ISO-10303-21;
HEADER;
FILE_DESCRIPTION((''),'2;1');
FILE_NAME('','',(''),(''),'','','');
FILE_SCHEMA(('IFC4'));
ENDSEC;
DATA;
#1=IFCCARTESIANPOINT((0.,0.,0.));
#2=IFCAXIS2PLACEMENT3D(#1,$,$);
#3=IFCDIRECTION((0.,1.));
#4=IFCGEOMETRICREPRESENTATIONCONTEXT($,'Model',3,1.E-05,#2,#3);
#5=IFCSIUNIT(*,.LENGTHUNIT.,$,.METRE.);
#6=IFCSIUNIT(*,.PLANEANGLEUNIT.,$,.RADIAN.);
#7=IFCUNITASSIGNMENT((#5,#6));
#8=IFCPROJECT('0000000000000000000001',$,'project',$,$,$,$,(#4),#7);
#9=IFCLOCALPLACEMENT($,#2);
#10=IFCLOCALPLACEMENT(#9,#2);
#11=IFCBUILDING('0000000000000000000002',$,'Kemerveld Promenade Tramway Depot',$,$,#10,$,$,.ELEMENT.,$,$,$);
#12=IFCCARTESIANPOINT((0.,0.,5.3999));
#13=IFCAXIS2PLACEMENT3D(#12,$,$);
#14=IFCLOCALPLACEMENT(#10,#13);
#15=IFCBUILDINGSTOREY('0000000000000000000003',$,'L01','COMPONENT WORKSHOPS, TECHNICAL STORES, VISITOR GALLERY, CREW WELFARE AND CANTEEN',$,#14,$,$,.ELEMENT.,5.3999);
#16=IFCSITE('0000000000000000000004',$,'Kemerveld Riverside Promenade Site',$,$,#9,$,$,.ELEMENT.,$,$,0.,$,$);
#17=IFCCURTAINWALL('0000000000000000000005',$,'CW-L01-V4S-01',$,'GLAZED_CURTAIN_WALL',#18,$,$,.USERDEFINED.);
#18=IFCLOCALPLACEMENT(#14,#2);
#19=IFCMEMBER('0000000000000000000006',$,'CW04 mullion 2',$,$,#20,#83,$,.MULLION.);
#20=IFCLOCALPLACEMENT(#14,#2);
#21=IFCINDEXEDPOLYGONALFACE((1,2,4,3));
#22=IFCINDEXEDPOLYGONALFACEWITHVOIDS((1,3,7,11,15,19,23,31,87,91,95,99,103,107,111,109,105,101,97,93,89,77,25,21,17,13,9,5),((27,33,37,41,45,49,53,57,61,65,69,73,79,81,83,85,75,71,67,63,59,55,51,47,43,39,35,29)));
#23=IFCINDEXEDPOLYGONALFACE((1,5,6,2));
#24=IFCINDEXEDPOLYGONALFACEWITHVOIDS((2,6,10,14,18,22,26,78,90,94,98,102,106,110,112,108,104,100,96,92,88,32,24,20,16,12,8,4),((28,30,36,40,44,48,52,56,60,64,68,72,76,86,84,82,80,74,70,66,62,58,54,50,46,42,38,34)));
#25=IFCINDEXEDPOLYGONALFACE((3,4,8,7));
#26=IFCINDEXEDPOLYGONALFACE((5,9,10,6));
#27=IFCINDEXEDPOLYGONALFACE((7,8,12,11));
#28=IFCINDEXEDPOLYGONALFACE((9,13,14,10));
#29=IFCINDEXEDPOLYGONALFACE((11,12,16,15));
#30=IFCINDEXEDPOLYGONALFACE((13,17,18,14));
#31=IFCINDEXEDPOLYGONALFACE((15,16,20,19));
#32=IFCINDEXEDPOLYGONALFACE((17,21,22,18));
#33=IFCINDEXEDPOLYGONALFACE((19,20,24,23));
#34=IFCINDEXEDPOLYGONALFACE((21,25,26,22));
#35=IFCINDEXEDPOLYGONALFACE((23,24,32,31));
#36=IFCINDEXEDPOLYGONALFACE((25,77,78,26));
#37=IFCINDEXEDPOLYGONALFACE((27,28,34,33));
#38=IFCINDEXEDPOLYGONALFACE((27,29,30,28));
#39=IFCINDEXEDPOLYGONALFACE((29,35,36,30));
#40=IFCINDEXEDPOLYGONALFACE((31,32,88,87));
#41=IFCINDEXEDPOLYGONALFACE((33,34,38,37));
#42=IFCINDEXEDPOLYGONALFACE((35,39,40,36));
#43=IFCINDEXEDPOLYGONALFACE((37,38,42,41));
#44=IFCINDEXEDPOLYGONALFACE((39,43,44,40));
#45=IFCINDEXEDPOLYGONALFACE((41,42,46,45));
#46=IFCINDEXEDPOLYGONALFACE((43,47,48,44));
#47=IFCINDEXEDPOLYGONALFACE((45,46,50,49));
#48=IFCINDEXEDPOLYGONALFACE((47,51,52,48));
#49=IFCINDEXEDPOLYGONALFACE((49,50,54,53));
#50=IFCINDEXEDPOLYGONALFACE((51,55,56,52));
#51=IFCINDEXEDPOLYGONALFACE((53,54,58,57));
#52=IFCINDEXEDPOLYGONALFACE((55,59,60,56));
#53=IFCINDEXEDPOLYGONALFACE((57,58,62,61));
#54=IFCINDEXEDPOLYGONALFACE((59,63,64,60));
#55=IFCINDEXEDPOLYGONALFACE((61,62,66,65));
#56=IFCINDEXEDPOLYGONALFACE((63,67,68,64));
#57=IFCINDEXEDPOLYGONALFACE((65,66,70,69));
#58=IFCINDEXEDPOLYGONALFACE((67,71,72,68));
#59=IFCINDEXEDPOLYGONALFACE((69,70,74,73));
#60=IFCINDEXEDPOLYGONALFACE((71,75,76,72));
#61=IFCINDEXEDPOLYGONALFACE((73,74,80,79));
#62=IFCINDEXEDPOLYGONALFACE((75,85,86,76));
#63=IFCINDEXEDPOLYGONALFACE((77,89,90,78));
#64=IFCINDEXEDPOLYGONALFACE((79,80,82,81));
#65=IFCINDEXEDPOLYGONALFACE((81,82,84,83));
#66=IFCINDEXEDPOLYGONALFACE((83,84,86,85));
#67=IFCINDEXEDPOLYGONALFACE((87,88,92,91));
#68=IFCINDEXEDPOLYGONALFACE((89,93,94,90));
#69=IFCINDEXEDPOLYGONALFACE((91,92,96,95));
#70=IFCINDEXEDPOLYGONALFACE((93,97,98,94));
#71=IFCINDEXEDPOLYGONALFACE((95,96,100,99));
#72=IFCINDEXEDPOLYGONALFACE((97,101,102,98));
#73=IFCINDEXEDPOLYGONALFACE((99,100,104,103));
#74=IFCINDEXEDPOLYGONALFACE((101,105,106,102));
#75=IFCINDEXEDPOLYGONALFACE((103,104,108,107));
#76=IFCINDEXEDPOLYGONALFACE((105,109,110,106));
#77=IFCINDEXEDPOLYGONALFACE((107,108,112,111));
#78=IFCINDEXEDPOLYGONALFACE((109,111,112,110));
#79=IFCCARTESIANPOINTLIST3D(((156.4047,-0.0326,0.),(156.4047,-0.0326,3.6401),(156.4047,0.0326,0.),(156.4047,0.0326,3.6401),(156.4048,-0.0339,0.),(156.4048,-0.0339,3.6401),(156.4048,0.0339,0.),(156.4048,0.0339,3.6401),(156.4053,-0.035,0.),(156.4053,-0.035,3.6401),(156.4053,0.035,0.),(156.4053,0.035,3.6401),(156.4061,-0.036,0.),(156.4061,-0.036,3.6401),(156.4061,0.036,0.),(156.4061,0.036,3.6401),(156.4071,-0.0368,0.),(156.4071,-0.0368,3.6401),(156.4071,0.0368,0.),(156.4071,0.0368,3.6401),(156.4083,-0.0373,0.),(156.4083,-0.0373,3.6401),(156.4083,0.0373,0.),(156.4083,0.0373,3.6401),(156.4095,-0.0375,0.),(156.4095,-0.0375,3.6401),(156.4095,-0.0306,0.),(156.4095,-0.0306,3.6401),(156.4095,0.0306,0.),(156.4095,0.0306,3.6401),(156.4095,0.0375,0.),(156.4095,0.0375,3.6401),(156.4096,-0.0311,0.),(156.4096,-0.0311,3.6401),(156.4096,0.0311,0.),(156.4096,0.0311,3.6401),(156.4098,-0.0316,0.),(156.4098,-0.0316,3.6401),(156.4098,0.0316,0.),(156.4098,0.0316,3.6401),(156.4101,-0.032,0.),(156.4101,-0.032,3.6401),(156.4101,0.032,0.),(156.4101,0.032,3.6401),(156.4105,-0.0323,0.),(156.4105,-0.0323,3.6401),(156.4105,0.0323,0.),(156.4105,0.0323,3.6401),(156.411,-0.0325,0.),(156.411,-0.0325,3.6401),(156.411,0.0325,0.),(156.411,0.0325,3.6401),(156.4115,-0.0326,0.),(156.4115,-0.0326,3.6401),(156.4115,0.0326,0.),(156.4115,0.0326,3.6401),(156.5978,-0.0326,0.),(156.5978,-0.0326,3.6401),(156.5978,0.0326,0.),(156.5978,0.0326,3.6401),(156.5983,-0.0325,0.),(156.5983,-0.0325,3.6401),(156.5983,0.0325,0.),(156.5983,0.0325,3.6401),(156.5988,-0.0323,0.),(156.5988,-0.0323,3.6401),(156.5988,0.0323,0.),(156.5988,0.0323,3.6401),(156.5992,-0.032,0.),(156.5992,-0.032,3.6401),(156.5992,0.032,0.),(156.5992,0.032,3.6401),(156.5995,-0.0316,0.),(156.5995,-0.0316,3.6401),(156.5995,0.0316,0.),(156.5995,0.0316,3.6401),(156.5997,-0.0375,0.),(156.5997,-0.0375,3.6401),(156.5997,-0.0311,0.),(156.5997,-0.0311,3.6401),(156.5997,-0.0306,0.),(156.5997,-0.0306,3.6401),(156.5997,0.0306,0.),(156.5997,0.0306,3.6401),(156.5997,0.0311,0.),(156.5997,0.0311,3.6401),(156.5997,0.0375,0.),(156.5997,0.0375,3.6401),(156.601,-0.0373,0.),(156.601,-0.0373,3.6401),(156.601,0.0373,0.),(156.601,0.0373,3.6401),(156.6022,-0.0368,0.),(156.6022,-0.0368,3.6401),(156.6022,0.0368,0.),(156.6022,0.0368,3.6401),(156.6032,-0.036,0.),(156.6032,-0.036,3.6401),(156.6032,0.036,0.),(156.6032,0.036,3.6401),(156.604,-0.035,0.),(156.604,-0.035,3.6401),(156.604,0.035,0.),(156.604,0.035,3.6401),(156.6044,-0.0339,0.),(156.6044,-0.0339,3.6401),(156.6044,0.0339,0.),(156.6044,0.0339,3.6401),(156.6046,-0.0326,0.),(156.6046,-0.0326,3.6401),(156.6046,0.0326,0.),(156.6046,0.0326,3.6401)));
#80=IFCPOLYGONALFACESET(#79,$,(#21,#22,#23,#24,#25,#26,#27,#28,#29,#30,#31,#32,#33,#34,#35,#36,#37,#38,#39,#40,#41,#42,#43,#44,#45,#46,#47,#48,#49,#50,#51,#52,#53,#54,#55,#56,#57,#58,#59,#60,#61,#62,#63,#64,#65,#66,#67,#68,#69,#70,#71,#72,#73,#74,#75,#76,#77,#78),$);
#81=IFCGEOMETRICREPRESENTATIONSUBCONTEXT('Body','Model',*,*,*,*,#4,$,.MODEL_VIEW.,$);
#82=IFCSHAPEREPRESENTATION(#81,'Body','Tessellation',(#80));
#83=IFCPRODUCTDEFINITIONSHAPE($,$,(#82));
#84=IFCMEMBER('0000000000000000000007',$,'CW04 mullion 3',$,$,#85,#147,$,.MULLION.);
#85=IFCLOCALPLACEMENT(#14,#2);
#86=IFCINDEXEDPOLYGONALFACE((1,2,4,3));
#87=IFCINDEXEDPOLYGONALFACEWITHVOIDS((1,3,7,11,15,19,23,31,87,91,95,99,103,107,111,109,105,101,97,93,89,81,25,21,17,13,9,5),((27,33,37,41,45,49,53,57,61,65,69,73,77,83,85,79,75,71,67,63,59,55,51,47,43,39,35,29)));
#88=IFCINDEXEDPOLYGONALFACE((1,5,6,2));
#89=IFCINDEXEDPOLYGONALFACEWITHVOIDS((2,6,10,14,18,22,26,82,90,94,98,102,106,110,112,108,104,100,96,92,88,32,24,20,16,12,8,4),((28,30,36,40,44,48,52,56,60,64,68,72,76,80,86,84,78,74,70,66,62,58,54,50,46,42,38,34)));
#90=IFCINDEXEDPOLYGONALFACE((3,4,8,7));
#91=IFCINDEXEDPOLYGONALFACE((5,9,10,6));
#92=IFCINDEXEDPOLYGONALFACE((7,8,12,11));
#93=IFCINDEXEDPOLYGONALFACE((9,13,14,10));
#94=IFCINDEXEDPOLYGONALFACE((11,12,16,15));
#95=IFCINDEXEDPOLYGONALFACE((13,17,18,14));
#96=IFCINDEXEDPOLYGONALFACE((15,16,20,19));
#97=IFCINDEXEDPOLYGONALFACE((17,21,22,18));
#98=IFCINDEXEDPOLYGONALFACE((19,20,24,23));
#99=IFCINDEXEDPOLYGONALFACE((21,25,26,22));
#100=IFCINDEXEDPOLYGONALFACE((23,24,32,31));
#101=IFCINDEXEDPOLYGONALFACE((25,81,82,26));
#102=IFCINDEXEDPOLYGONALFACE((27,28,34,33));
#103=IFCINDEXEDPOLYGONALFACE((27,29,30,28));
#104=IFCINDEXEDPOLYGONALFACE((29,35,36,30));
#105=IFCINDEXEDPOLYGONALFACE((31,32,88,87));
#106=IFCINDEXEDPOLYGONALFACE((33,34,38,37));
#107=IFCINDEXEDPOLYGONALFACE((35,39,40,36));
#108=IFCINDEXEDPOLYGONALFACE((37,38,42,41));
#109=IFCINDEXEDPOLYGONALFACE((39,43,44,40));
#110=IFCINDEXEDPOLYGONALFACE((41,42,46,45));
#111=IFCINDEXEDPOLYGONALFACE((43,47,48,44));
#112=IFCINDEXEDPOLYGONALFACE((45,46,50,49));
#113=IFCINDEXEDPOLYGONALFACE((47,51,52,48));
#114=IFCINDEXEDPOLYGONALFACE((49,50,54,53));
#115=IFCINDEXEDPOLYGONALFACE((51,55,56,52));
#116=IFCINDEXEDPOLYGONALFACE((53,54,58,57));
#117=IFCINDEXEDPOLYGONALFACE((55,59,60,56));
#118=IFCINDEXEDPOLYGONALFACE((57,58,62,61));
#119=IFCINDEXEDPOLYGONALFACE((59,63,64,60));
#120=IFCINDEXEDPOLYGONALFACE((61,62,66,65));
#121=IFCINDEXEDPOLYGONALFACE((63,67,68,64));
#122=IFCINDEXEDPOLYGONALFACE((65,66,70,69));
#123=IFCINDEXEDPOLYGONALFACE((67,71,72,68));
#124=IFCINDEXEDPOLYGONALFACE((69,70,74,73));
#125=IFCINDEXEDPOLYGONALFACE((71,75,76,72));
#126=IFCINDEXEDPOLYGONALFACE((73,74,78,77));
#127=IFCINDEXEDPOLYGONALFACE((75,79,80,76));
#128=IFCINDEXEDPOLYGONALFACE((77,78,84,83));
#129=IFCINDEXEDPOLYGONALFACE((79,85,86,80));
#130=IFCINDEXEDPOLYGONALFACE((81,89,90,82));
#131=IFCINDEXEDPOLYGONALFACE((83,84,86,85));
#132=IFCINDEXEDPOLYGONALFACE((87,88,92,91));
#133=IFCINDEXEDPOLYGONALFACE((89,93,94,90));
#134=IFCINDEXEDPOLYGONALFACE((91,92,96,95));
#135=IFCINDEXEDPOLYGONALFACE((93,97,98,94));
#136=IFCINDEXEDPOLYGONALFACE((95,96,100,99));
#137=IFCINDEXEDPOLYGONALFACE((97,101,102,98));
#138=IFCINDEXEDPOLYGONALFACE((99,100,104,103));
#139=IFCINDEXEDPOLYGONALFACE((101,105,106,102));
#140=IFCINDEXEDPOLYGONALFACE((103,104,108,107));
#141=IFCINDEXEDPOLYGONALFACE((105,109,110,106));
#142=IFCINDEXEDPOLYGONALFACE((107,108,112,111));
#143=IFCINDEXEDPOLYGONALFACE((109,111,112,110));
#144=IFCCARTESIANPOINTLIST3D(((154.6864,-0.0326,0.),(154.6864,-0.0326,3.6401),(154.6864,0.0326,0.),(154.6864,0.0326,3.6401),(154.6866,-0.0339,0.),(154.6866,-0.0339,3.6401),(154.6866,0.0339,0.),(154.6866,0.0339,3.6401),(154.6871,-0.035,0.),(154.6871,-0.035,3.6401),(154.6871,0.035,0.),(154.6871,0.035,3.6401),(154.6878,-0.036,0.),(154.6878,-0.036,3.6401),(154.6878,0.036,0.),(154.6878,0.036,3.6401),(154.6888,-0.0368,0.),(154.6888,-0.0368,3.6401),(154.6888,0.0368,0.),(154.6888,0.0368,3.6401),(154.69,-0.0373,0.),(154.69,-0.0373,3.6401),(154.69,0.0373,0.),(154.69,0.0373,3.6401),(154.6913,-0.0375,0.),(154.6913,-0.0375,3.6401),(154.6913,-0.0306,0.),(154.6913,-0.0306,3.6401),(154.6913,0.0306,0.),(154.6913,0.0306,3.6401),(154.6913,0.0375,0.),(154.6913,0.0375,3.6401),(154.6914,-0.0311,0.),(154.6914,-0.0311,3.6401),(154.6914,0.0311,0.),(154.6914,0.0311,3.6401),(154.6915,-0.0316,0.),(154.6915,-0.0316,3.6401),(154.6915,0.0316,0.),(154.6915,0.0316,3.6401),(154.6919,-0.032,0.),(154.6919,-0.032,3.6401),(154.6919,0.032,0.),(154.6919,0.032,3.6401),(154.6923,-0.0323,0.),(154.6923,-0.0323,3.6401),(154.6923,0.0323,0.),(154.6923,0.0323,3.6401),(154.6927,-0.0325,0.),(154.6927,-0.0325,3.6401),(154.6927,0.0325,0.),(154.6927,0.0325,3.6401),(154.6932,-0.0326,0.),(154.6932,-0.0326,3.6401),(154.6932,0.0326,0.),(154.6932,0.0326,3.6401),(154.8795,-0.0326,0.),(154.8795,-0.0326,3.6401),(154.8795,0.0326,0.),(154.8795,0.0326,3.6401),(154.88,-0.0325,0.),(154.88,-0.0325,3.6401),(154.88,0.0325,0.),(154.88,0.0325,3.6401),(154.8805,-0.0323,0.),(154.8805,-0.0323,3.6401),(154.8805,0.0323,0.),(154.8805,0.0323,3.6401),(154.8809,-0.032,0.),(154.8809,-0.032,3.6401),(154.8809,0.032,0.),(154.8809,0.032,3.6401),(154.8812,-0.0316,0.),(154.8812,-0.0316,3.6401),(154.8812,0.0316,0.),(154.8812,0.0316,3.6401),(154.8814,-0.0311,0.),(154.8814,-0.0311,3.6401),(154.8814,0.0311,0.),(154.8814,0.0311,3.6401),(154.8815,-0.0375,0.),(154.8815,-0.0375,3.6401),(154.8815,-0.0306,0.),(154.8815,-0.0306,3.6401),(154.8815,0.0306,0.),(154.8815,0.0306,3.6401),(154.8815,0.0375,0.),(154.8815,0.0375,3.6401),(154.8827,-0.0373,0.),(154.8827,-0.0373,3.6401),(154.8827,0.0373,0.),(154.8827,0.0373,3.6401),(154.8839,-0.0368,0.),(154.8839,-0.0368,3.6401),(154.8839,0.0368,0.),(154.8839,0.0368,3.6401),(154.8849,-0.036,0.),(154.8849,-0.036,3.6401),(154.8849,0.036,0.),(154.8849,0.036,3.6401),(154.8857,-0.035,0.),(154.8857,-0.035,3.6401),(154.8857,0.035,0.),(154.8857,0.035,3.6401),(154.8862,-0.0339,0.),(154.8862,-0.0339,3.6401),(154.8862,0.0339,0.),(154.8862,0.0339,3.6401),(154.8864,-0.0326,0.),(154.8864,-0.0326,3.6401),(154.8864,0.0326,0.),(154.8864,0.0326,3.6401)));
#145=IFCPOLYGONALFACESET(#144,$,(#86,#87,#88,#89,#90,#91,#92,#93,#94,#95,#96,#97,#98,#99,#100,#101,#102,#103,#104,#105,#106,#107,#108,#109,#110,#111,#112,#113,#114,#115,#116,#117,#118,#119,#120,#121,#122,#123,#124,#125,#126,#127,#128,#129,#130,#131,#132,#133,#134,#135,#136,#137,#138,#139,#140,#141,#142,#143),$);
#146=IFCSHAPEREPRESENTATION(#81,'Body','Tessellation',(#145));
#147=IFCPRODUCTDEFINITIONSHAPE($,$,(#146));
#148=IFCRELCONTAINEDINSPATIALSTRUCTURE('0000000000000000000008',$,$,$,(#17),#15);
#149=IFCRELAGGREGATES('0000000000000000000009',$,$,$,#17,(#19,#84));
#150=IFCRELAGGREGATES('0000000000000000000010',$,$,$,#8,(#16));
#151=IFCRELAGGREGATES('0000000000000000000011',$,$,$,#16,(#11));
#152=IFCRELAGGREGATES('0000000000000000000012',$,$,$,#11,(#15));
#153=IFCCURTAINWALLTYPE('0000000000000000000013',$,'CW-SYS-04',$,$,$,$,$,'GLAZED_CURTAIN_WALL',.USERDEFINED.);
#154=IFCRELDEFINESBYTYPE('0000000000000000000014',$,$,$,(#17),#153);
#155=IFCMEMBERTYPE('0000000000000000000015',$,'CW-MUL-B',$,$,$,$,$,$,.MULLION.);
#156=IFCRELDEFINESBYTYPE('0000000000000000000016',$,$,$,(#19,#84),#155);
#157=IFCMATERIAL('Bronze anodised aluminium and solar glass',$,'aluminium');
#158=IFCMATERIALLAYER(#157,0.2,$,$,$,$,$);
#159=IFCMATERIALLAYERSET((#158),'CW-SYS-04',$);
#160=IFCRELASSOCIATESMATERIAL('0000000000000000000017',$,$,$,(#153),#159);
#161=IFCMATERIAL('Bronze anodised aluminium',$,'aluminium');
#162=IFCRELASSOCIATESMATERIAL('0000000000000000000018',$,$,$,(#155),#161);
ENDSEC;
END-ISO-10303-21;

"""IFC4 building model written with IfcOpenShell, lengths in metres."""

from ifc_helpers import new_model, si_unit, direction, frame, origin, origin_2d, place, context, subcontext, project, spatial, hollow_rectangle, extrude, material, layer, layer_set, material_profile, profile_set, type_object, element, aggregate, save


model = new_model("IFC4")

# Units and contexts
model_context = context("Model", 3, precision=1e-05, world=origin(), true_north=direction((0.0, 1.0)))
body_context = subcontext(model_context, "Body", "Model", "MODEL_VIEW")
ifc_project = project(units=[si_unit("LENGTHUNIT", "METRE"), si_unit("PLANEANGLEUNIT", "RADIAN")], contexts=[model_context])

# Site, building, storey
site_placement = place(None, origin())
site = spatial("IfcSite", under=ifc_project, at=site_placement, Name="Kemerveld Riverside Promenade Site", CompositionType="ELEMENT", RefElevation=0.0)
building_placement = place(site_placement, origin())
building = spatial("IfcBuilding", under=site, at=building_placement, Name="Kemerveld Promenade Tramway Depot", CompositionType="ELEMENT")
storey_placement = place(building_placement, frame((0.0, 0.0, 5.3999)))
storey = spatial("IfcBuildingStorey", under=building, at=storey_placement, Name="L01", Description="COMPONENT WORKSHOPS, TECHNICAL STORES, VISITOR GALLERY, CREW WELFARE AND CANTEEN", CompositionType="ELEMENT", Elevation=5.3999)

# Curtain wall, members
ifc_material_1 = material(Name="Bronze anodised aluminium and solar glass", Category="aluminium")
ifc_layer_1 = layer(ifc_material_1, 0.2)
ifc_layer_set_1 = layer_set([ifc_layer_1], Name="CW-SYS-04")
curtain_wall_type = type_object("IfcCurtainWallType", Name="CW-SYS-04", ElementType="GLAZED_CURTAIN_WALL", PredefinedType="USERDEFINED", material=ifc_layer_set_1)
curtain_wall_placement = place(storey_placement, origin())
curtain_wall = element("IfcCurtainWall", 1, at=curtain_wall_placement, inside=storey, type_object=curtain_wall_type, Name="CW-L01-V4S-01", ObjectType="GLAZED_CURTAIN_WALL", PredefinedType="USERDEFINED")
ifc_material_2 = material(Name="Bronze anodised aluminium", Category="aluminium")
ifc_material_profile_1 = material_profile(ifc_material_2, hollow_rectangle(XDim=0.075, YDim=0.2, WallThickness=0.0049, InnerFilletRadius=0.002, OuterFilletRadius=0.0049, at=origin_2d()), Name="CW-MUL-200x75")
ifc_profile_set_1 = profile_set([ifc_material_profile_1], Name="Bronze anodised aluminium")
member_type_1 = type_object("IfcMemberType", Name="CW-MUL-B", PredefinedType="MULLION", material=ifc_profile_set_1)
member_1_placement = place(storey_placement, frame((156.5046, 0.0, 0.0), z_axis=(0.0, 0.0, 1.0), x_axis=(0.0, -1.0, 0.0)))
member_1 = element("IfcMember", 2, at=member_1_placement, type_object=member_type_1, Name="CW04 mullion 2", PredefinedType="MULLION", context=body_context, shape_type="SweptSolid", body=[
    extrude(hollow_rectangle(XDim=0.075, YDim=0.2, WallThickness=0.0049, InnerFilletRadius=0.002, OuterFilletRadius=0.0049, at=origin_2d()), origin(), (0.0, 0.0, 1.0), 3.6401),
])
member_2_placement = place(storey_placement, frame((154.7864, 0.0, 0.0), z_axis=(0.0, 0.0, 1.0), x_axis=(0.0, -1.0, 0.0)))
member_2 = element("IfcMember", 3, at=member_2_placement, type_object=member_type_1, Name="CW04 mullion 3", PredefinedType="MULLION", context=body_context, shape_type="SweptSolid", body=[
    extrude(hollow_rectangle(XDim=0.075, YDim=0.2, WallThickness=0.0049, InnerFilletRadius=0.002, OuterFilletRadius=0.0049, at=origin_2d()), origin(), (0.0, 0.0, 1.0), 3.6401),
])
aggregate(curtain_wall, [member_1, member_2])

save(model, "model.ifc")
